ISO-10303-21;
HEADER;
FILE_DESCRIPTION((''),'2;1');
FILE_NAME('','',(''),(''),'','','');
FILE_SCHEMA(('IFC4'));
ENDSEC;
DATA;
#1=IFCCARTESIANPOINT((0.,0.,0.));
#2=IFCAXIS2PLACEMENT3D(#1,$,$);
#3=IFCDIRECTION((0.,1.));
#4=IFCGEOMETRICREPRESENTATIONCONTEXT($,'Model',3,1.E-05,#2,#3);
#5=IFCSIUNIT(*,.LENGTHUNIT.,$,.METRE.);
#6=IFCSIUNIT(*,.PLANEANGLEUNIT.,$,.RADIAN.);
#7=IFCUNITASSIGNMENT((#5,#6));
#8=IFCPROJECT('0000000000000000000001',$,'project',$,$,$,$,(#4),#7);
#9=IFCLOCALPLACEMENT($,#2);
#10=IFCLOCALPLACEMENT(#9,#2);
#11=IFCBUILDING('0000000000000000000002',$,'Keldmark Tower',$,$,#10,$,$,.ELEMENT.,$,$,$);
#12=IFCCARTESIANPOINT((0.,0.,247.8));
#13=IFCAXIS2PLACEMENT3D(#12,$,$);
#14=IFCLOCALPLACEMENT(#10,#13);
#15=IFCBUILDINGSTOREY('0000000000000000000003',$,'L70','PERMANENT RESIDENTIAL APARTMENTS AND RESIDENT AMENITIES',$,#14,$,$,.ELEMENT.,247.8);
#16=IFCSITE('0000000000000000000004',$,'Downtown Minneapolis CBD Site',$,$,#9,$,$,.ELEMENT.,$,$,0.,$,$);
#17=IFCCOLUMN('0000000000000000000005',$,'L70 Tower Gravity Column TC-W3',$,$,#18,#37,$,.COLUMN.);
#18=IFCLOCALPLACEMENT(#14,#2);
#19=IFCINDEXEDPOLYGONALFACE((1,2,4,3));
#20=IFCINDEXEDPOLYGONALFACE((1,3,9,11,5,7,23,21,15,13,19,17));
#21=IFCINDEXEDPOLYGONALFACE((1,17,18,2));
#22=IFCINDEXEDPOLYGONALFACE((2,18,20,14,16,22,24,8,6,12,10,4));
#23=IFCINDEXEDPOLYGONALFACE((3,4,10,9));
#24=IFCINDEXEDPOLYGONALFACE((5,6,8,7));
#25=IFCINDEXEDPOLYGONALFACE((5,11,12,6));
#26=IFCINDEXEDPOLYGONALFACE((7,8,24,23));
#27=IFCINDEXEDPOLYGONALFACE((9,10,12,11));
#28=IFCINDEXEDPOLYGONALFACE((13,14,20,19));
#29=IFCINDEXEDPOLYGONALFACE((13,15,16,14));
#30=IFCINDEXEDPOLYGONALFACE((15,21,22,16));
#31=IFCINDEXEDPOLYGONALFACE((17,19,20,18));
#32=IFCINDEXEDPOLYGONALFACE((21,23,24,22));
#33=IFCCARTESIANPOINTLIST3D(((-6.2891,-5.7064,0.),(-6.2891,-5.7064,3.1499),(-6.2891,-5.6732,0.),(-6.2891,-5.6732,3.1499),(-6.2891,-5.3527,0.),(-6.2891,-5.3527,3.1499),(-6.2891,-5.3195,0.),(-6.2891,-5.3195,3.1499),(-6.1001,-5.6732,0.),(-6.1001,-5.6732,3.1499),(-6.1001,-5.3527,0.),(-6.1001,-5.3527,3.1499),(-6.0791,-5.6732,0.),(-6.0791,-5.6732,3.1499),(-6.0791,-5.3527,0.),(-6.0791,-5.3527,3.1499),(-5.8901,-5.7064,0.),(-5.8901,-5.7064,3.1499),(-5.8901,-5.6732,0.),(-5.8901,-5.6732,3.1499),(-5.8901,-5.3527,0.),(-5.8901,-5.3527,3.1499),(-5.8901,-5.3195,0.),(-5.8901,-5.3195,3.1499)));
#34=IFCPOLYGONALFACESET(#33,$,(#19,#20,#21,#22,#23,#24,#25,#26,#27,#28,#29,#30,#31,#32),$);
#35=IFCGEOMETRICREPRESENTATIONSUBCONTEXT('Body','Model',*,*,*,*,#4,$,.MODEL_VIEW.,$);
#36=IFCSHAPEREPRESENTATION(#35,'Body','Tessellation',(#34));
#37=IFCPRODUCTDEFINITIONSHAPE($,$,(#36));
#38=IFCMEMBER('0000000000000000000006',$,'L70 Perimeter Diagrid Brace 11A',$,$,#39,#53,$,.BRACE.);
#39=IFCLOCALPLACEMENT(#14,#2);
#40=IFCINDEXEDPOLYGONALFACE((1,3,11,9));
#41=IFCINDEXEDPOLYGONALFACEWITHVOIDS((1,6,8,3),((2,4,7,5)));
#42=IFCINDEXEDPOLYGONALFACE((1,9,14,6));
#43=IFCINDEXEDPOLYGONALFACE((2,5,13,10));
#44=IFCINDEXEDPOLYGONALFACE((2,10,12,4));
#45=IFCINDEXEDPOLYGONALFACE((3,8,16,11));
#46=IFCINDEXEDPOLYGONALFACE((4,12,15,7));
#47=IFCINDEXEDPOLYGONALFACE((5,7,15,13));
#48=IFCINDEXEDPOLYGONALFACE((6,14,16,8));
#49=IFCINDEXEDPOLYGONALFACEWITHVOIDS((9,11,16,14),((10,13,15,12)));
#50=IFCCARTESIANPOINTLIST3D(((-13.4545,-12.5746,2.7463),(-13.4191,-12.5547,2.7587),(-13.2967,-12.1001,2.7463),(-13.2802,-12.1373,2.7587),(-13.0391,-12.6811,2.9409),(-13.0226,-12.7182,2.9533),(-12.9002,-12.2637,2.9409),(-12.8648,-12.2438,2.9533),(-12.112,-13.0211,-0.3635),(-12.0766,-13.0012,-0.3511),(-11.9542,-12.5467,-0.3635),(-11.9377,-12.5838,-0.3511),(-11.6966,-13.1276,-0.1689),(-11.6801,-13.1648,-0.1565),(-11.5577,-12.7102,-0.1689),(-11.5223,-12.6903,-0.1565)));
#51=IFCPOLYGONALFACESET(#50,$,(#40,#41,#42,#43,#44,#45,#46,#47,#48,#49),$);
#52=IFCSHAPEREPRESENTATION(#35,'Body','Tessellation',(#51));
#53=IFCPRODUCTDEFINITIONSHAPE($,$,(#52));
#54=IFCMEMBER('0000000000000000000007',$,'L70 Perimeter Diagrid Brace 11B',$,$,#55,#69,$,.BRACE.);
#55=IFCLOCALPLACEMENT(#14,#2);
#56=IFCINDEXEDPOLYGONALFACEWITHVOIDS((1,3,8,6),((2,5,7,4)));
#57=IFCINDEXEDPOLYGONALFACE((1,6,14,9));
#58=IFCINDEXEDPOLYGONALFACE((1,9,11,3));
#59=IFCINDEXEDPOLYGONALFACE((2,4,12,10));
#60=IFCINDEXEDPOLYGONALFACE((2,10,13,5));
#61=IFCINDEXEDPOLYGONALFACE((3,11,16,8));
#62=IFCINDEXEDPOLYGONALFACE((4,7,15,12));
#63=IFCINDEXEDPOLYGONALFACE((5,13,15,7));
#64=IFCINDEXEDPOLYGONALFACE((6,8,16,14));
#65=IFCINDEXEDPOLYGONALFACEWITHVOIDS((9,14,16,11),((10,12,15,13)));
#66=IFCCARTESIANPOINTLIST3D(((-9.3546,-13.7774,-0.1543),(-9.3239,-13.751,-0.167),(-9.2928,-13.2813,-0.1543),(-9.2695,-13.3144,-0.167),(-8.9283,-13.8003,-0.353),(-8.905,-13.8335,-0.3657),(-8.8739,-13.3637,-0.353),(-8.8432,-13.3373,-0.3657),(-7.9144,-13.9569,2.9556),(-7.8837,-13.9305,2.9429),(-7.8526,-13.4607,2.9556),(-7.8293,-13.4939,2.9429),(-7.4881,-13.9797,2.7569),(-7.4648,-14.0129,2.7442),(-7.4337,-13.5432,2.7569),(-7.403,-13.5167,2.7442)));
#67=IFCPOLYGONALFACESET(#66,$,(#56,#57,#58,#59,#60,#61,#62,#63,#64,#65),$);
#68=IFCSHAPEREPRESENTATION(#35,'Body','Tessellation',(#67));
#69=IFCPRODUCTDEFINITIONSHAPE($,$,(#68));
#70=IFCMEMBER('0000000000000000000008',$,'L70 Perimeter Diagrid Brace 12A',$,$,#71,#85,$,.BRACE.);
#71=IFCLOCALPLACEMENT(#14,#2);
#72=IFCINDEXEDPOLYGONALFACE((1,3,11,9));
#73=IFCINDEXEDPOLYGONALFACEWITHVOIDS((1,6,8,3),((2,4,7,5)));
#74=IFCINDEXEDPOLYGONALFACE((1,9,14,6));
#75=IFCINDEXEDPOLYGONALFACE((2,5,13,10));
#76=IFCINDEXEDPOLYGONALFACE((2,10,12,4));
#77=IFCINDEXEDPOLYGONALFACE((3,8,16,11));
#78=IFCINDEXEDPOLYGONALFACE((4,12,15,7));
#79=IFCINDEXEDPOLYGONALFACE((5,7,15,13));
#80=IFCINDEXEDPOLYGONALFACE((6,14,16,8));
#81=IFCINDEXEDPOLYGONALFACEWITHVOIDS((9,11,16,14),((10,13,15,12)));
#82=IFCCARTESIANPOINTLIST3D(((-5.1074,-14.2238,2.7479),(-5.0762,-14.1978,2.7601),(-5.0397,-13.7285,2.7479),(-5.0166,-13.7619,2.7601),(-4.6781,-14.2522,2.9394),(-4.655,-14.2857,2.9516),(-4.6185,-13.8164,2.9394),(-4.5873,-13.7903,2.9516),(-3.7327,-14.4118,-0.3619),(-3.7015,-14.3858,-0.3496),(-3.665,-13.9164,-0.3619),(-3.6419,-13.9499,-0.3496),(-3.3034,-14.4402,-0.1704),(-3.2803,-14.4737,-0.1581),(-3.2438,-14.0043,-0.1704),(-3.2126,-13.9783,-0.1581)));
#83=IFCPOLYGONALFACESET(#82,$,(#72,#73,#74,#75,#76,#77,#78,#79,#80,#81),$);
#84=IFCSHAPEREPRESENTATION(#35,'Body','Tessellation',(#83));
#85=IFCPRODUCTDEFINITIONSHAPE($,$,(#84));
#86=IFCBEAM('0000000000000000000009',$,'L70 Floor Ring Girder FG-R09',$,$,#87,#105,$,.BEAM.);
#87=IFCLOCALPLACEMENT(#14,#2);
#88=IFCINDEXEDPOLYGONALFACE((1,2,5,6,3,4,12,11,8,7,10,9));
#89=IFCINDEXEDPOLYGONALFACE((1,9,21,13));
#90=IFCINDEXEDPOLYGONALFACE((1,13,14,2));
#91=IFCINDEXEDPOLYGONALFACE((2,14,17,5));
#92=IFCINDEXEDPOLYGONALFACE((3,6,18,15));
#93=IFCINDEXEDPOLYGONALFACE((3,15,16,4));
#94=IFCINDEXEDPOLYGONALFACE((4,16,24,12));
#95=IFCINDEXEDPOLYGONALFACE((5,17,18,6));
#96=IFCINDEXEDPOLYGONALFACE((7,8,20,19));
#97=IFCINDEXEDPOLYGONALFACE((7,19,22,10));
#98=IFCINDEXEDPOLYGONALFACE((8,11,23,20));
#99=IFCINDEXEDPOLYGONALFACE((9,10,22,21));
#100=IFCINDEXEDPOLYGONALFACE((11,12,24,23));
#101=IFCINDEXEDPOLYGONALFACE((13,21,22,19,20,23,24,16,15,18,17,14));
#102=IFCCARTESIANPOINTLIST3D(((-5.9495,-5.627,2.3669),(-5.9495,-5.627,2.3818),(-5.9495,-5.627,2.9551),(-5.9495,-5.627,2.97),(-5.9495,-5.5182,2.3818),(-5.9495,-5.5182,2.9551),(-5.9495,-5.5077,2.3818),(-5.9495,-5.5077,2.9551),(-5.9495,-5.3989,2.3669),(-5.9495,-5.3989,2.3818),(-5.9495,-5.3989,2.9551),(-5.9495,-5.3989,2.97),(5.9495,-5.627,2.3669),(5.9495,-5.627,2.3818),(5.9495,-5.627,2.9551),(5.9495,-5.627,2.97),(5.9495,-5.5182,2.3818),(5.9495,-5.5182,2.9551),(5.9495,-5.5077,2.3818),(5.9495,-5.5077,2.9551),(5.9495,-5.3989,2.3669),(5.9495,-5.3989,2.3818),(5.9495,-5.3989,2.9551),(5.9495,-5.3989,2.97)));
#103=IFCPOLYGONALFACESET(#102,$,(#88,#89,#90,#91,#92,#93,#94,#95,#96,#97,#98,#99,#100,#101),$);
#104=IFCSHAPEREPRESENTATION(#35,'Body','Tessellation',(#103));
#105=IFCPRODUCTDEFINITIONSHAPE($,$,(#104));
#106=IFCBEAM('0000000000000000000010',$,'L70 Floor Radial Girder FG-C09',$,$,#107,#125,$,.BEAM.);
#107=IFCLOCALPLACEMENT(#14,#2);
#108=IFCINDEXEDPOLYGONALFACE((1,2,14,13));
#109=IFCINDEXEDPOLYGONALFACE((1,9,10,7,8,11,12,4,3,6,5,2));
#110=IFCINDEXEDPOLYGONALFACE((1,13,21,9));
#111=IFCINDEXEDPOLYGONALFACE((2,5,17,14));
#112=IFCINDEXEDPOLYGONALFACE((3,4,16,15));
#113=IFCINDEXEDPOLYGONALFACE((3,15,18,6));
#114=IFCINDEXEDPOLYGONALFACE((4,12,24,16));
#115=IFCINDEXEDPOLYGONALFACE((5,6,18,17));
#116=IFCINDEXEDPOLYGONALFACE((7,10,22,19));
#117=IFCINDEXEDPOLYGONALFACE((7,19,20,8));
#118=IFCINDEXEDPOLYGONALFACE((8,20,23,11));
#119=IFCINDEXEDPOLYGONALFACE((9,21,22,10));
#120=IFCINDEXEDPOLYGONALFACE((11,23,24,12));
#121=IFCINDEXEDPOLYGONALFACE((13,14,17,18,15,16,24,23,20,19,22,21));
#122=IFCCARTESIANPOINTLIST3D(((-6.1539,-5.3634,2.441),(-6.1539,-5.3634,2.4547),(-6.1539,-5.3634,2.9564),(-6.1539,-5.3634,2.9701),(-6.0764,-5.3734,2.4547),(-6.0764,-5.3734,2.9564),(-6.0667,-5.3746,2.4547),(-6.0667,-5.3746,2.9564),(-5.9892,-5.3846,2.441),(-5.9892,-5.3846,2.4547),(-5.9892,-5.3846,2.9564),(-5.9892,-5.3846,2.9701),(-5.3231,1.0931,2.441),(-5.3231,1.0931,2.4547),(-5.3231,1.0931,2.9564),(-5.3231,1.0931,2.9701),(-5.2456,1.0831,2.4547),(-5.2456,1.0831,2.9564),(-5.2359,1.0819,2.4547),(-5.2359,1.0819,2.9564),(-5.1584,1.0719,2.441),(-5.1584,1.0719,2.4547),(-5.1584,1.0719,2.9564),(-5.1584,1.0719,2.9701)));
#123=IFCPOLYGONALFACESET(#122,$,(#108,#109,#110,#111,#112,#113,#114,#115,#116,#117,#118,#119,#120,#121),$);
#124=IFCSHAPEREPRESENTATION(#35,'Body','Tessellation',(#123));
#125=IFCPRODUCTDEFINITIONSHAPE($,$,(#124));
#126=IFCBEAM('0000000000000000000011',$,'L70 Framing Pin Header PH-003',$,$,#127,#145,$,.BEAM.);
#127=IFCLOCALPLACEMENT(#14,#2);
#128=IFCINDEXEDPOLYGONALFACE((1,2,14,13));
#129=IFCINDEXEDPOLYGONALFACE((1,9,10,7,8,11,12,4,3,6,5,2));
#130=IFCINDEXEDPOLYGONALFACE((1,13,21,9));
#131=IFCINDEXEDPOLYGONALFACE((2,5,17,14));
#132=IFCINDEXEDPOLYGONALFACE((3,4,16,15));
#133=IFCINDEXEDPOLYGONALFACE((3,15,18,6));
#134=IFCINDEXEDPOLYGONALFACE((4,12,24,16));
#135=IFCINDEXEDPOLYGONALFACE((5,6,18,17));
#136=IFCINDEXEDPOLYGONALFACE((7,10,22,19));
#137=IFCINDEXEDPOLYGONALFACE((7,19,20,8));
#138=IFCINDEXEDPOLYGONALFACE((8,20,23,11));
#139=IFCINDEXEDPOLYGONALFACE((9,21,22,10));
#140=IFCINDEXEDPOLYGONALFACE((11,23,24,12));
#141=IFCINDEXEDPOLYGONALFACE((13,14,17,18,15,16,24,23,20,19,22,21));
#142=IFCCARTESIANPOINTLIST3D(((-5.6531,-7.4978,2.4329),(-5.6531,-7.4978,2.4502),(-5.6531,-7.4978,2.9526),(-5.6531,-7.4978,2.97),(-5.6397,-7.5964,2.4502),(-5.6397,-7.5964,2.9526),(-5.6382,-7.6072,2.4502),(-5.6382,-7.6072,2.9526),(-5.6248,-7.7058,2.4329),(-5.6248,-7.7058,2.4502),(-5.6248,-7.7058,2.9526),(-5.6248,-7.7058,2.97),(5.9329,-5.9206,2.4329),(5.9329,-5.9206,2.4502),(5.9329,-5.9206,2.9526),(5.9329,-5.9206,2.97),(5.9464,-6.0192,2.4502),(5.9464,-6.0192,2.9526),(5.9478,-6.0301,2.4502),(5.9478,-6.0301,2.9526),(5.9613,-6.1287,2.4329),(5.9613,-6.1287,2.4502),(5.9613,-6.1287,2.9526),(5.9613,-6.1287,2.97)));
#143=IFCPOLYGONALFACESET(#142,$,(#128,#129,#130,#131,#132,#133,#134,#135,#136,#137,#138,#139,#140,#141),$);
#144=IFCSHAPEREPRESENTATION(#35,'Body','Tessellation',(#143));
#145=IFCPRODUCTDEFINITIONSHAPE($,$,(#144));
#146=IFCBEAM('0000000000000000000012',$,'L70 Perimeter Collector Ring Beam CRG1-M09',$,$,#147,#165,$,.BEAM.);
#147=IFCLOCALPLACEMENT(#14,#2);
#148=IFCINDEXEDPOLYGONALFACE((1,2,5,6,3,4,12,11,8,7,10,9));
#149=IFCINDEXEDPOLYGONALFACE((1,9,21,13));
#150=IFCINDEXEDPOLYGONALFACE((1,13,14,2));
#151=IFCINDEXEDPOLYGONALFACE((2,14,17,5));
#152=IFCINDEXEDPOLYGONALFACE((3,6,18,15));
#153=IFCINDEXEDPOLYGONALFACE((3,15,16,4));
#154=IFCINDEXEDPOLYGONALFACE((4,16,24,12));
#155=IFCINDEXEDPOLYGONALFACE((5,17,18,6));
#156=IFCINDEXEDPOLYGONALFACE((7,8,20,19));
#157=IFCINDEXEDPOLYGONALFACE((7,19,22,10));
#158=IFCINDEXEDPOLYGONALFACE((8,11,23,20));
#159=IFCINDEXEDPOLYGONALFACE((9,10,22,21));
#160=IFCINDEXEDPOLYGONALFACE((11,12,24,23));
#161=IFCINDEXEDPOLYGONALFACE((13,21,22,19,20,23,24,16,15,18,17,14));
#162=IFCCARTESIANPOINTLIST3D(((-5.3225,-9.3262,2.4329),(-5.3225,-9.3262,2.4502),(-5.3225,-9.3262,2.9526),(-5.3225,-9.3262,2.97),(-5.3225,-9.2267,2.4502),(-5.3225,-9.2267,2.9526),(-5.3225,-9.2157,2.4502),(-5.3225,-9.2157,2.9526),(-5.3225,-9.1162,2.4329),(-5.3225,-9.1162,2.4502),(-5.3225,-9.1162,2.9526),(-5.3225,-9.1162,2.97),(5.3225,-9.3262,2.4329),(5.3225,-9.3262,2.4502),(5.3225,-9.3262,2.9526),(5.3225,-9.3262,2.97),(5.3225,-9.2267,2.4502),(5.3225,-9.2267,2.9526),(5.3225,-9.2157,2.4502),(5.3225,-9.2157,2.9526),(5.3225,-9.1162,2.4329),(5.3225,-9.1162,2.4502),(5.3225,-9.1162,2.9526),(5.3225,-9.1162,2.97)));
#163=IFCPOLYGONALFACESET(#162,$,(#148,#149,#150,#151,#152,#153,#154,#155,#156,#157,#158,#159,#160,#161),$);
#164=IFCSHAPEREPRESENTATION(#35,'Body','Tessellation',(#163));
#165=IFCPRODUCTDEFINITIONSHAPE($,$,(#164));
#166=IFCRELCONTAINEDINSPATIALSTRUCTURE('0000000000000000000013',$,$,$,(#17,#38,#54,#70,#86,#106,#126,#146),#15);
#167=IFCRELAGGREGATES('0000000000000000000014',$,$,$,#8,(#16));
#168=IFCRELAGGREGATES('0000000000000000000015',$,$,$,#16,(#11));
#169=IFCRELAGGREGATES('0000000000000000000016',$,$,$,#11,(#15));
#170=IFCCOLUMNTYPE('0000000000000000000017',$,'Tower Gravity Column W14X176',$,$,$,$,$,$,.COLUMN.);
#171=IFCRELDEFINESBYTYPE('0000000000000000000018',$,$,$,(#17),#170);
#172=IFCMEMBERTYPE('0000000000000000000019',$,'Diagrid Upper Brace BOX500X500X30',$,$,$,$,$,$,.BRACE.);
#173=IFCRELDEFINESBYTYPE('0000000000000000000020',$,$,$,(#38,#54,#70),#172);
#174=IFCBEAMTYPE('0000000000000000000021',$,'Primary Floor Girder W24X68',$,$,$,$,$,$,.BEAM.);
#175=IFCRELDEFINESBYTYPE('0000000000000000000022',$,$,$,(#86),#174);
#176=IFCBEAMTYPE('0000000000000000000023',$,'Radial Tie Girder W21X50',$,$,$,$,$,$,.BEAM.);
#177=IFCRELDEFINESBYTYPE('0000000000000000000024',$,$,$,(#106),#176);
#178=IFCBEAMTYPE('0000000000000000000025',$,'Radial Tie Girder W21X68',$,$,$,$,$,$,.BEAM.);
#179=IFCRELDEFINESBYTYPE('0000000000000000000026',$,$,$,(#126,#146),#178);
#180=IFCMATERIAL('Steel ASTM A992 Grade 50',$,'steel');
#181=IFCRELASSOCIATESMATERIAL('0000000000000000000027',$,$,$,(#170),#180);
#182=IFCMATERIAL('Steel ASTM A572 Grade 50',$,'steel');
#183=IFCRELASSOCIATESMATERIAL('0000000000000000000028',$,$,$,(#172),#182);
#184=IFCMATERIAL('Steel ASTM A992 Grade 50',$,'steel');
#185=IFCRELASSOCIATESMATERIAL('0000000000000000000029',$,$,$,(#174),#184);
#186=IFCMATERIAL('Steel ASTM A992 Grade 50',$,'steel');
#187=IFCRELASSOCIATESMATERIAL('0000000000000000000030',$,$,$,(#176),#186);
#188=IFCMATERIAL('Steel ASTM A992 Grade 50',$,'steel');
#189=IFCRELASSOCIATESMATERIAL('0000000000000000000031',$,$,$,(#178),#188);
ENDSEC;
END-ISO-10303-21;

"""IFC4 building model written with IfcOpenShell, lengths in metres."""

from ifc_helpers import new_model, si_unit, direction, frame, origin, origin_2d, place, context, subcontext, project, spatial, hollow_rectangle, i_section, extrude, material, material_profile, profile_set, type_object, element, save


model = new_model("IFC4")

# Units and contexts
model_context = context("Model", 3, precision=1e-05, world=origin(), true_north=direction((0.0, 1.0)))
body_context = subcontext(model_context, "Body", "Model", "MODEL_VIEW")
ifc_project = project(units=[si_unit("LENGTHUNIT", "METRE"), si_unit("PLANEANGLEUNIT", "RADIAN")], contexts=[model_context])

# Site, building, storey
site_placement = place(None, origin())
site = spatial("IfcSite", under=ifc_project, at=site_placement, Name="Downtown Minneapolis CBD Site", CompositionType="ELEMENT", RefElevation=0.0)
building_placement = place(site_placement, origin())
building = spatial("IfcBuilding", under=site, at=building_placement, Name="Keldmark Tower", CompositionType="ELEMENT")
storey_placement = place(building_placement, frame((0.0, 0.0, 247.8)))
storey = spatial("IfcBuildingStorey", under=building, at=storey_placement, Name="L70", Description="PERMANENT RESIDENTIAL APARTMENTS AND RESIDENT AMENITIES", CompositionType="ELEMENT", Elevation=247.8)

# Column
ifc_material_1 = material(Name="Steel ASTM A992 Grade 50", Category="steel")
ifc_material_profile_1 = material_profile(ifc_material_1, i_section(OverallWidth=0.3989, OverallDepth=0.387, WebThickness=0.021, FlangeThickness=0.0332, at=origin_2d()), Name="W14X176")
ifc_profile_set_1 = profile_set([ifc_material_profile_1], Name="Steel ASTM A992 Grade 50")
column_type = type_object("IfcColumnType", Name="Tower Gravity Column W14X176", PredefinedType="COLUMN", material=ifc_profile_set_1)
column_placement = place(storey_placement, frame((-6.0896, -5.5129, 0.0), z_axis=(0.0, 0.0, 1.0), x_axis=(1.0, 0.0, 0.0)))
element("IfcColumn", 1, at=column_placement, inside=storey, type_object=column_type, Name="L70 Tower Gravity Column TC-W3", PredefinedType="COLUMN", context=body_context, shape_type="SweptSolid", body=[
    extrude(i_section(OverallWidth=0.3989, OverallDepth=0.387, WebThickness=0.021, FlangeThickness=0.0332, at=origin_2d()), origin(), (0.0, 0.0, 1.0), 3.1499),
])

# Members
ifc_material_2 = material(Name="Steel ASTM A572 Grade 50", Category="steel")
ifc_material_profile_2 = material_profile(ifc_material_2, hollow_rectangle(XDim=0.5, YDim=0.5, WallThickness=0.03, at=origin_2d()), Name="BOX500X500X30")
ifc_profile_set_2 = profile_set([ifc_material_profile_2], Name="Steel ASTM A572 Grade 50")
member_type = type_object("IfcMemberType", Name="Diagrid Upper Brace BOX500X500X30", PredefinedType="BRACE", material=ifc_profile_set_2)
member_1_placement = place(storey_placement, frame((-11.8171, -12.8557, -0.26), z_axis=(-0.392945, 0.130696, 0.910227), x_axis=(-0.315606, -0.94889, 0.0)))
element("IfcMember", 2, at=member_1_placement, inside=storey, type_object=member_type, Name="L70 Perimeter Diagrid Brace 11A", PredefinedType="BRACE", context=body_context, shape_type="SweptSolid", body=[
    extrude(hollow_rectangle(XDim=0.5, YDim=0.5, WallThickness=0.03, at=origin_2d()), origin(), (0.0, 0.0, 1.0), 3.4165),
])
member_2_placement = place(storey_placement, frame((-9.0989, -13.5574, -0.26), z_axis=(0.419653, -0.052288, 0.906177), x_axis=(0.123641, 0.992327, 0.0)))
element("IfcMember", 3, at=member_2_placement, inside=storey, type_object=member_type, Name="L70 Perimeter Diagrid Brace 11B", PredefinedType="BRACE", context=body_context, shape_type="SweptSolid", body=[
    extrude(hollow_rectangle(XDim=0.5, YDim=0.5, WallThickness=0.03, at=origin_2d()), origin(), (0.0, 0.0, 1.0), 3.4319),
])
member_3_placement = place(storey_placement, frame((-3.4727, -14.1951, -0.26), z_axis=(-0.403702, 0.055203, 0.913223), x_axis=(-0.135482, -0.99078, 0.0)))
element("IfcMember", 4, at=member_3_placement, inside=storey, type_object=member_type, Name="L70 Perimeter Diagrid Brace 12A", PredefinedType="BRACE", context=body_context, shape_type="SweptSolid", body=[
    extrude(hollow_rectangle(XDim=0.5, YDim=0.5, WallThickness=0.03, at=origin_2d()), origin(), (0.0, 0.0, 1.0), 3.4053),
])

# Beams
ifc_material_3 = material(Name="Steel ASTM A992 Grade 50", Category="steel")
ifc_material_profile_3 = material_profile(ifc_material_3, i_section(OverallWidth=0.228, OverallDepth=0.603, WebThickness=0.0105, FlangeThickness=0.0149, at=origin_2d()), Name="W24X68")
ifc_profile_set_3 = profile_set([ifc_material_profile_3], Name="Steel ASTM A992 Grade 50")
beam_type_1 = type_object("IfcBeamType", Name="Primary Floor Girder W24X68", PredefinedType="BEAM", material=ifc_profile_set_3)
beam_1_placement = place(storey_placement, frame((-5.9495, -5.5129, 2.6685), z_axis=(1.0, 0.0, 0.0), x_axis=(0.0, 1.0, 0.0)))
element("IfcBeam", 5, at=beam_1_placement, inside=storey, type_object=beam_type_1, Name="L70 Floor Ring Girder FG-R09", PredefinedType="BEAM", context=body_context, shape_type="SweptSolid", body=[
    extrude(i_section(OverallWidth=0.228, OverallDepth=0.603, WebThickness=0.0105, FlangeThickness=0.0149, at=origin_2d()), origin(), (0.0, 0.0, 1.0), 11.8989),
])
ifc_material_4 = material(Name="Steel ASTM A992 Grade 50", Category="steel")
ifc_material_profile_4 = material_profile(ifc_material_4, i_section(OverallWidth=0.166, OverallDepth=0.5291, WebThickness=0.0098, FlangeThickness=0.0137, at=origin_2d()), Name="W21X50")
ifc_profile_set_4 = profile_set([ifc_material_profile_4], Name="Steel ASTM A992 Grade 50")
beam_type_2 = type_object("IfcBeamType", Name="Radial Tie Girder W21X50", PredefinedType="BEAM", material=ifc_profile_set_4)
beam_2_placement = place(storey_placement, frame((-6.0715, -5.374, 2.7056), z_axis=(0.127625, 0.991822, 0.0), x_axis=(-0.991822, 0.127625, 0.0)))
element("IfcBeam", 6, at=beam_2_placement, inside=storey, type_object=beam_type_2, Name="L70 Floor Radial Girder FG-C09", PredefinedType="BEAM", context=body_context, shape_type="SweptSolid", body=[
    extrude(i_section(OverallWidth=0.166, OverallDepth=0.5291, WebThickness=0.0098, FlangeThickness=0.0137, at=origin_2d()), origin(), (0.0, 0.0, 1.0), 6.5098),
])
ifc_material_5 = material(Name="Steel ASTM A992 Grade 50", Category="steel")
ifc_material_profile_5 = material_profile(ifc_material_5, i_section(OverallWidth=0.21, OverallDepth=0.5371, WebThickness=0.011, FlangeThickness=0.0173, at=origin_2d()), Name="W21X68")
ifc_profile_set_5 = profile_set([ifc_material_profile_5], Name="Steel ASTM A992 Grade 50")
beam_type_3 = type_object("IfcBeamType", Name="Radial Tie Girder W21X68", PredefinedType="BEAM", material=ifc_profile_set_5)
beam_3_placement = place(storey_placement, frame((-5.6389, -7.6018, 2.7014), z_axis=(0.990862, 0.134882, 0.0), x_axis=(-0.134882, 0.990862, 0.0)))
element("IfcBeam", 7, at=beam_3_placement, inside=storey, type_object=beam_type_3, Name="L70 Framing Pin Header PH-003", PredefinedType="BEAM", context=body_context, shape_type="SweptSolid", body=[
    extrude(i_section(OverallWidth=0.21, OverallDepth=0.5371, WebThickness=0.011, FlangeThickness=0.0173, at=origin_2d()), origin(), (0.0, 0.0, 1.0), 11.6929),
])
beam_4_placement = place(storey_placement, frame((-5.3225, -9.2212, 2.7014), z_axis=(1.0, 0.0, 0.0), x_axis=(0.0, 1.0, 0.0)))
element("IfcBeam", 8, at=beam_4_placement, inside=storey, type_object=beam_type_3, Name="L70 Perimeter Collector Ring Beam CRG1-M09", PredefinedType="BEAM", context=body_context, shape_type="SweptSolid", body=[
    extrude(i_section(OverallWidth=0.21, OverallDepth=0.5371, WebThickness=0.011, FlangeThickness=0.0173, at=origin_2d()), origin(), (0.0, 0.0, 1.0), 10.645),
])

save(model, "model.ifc")
